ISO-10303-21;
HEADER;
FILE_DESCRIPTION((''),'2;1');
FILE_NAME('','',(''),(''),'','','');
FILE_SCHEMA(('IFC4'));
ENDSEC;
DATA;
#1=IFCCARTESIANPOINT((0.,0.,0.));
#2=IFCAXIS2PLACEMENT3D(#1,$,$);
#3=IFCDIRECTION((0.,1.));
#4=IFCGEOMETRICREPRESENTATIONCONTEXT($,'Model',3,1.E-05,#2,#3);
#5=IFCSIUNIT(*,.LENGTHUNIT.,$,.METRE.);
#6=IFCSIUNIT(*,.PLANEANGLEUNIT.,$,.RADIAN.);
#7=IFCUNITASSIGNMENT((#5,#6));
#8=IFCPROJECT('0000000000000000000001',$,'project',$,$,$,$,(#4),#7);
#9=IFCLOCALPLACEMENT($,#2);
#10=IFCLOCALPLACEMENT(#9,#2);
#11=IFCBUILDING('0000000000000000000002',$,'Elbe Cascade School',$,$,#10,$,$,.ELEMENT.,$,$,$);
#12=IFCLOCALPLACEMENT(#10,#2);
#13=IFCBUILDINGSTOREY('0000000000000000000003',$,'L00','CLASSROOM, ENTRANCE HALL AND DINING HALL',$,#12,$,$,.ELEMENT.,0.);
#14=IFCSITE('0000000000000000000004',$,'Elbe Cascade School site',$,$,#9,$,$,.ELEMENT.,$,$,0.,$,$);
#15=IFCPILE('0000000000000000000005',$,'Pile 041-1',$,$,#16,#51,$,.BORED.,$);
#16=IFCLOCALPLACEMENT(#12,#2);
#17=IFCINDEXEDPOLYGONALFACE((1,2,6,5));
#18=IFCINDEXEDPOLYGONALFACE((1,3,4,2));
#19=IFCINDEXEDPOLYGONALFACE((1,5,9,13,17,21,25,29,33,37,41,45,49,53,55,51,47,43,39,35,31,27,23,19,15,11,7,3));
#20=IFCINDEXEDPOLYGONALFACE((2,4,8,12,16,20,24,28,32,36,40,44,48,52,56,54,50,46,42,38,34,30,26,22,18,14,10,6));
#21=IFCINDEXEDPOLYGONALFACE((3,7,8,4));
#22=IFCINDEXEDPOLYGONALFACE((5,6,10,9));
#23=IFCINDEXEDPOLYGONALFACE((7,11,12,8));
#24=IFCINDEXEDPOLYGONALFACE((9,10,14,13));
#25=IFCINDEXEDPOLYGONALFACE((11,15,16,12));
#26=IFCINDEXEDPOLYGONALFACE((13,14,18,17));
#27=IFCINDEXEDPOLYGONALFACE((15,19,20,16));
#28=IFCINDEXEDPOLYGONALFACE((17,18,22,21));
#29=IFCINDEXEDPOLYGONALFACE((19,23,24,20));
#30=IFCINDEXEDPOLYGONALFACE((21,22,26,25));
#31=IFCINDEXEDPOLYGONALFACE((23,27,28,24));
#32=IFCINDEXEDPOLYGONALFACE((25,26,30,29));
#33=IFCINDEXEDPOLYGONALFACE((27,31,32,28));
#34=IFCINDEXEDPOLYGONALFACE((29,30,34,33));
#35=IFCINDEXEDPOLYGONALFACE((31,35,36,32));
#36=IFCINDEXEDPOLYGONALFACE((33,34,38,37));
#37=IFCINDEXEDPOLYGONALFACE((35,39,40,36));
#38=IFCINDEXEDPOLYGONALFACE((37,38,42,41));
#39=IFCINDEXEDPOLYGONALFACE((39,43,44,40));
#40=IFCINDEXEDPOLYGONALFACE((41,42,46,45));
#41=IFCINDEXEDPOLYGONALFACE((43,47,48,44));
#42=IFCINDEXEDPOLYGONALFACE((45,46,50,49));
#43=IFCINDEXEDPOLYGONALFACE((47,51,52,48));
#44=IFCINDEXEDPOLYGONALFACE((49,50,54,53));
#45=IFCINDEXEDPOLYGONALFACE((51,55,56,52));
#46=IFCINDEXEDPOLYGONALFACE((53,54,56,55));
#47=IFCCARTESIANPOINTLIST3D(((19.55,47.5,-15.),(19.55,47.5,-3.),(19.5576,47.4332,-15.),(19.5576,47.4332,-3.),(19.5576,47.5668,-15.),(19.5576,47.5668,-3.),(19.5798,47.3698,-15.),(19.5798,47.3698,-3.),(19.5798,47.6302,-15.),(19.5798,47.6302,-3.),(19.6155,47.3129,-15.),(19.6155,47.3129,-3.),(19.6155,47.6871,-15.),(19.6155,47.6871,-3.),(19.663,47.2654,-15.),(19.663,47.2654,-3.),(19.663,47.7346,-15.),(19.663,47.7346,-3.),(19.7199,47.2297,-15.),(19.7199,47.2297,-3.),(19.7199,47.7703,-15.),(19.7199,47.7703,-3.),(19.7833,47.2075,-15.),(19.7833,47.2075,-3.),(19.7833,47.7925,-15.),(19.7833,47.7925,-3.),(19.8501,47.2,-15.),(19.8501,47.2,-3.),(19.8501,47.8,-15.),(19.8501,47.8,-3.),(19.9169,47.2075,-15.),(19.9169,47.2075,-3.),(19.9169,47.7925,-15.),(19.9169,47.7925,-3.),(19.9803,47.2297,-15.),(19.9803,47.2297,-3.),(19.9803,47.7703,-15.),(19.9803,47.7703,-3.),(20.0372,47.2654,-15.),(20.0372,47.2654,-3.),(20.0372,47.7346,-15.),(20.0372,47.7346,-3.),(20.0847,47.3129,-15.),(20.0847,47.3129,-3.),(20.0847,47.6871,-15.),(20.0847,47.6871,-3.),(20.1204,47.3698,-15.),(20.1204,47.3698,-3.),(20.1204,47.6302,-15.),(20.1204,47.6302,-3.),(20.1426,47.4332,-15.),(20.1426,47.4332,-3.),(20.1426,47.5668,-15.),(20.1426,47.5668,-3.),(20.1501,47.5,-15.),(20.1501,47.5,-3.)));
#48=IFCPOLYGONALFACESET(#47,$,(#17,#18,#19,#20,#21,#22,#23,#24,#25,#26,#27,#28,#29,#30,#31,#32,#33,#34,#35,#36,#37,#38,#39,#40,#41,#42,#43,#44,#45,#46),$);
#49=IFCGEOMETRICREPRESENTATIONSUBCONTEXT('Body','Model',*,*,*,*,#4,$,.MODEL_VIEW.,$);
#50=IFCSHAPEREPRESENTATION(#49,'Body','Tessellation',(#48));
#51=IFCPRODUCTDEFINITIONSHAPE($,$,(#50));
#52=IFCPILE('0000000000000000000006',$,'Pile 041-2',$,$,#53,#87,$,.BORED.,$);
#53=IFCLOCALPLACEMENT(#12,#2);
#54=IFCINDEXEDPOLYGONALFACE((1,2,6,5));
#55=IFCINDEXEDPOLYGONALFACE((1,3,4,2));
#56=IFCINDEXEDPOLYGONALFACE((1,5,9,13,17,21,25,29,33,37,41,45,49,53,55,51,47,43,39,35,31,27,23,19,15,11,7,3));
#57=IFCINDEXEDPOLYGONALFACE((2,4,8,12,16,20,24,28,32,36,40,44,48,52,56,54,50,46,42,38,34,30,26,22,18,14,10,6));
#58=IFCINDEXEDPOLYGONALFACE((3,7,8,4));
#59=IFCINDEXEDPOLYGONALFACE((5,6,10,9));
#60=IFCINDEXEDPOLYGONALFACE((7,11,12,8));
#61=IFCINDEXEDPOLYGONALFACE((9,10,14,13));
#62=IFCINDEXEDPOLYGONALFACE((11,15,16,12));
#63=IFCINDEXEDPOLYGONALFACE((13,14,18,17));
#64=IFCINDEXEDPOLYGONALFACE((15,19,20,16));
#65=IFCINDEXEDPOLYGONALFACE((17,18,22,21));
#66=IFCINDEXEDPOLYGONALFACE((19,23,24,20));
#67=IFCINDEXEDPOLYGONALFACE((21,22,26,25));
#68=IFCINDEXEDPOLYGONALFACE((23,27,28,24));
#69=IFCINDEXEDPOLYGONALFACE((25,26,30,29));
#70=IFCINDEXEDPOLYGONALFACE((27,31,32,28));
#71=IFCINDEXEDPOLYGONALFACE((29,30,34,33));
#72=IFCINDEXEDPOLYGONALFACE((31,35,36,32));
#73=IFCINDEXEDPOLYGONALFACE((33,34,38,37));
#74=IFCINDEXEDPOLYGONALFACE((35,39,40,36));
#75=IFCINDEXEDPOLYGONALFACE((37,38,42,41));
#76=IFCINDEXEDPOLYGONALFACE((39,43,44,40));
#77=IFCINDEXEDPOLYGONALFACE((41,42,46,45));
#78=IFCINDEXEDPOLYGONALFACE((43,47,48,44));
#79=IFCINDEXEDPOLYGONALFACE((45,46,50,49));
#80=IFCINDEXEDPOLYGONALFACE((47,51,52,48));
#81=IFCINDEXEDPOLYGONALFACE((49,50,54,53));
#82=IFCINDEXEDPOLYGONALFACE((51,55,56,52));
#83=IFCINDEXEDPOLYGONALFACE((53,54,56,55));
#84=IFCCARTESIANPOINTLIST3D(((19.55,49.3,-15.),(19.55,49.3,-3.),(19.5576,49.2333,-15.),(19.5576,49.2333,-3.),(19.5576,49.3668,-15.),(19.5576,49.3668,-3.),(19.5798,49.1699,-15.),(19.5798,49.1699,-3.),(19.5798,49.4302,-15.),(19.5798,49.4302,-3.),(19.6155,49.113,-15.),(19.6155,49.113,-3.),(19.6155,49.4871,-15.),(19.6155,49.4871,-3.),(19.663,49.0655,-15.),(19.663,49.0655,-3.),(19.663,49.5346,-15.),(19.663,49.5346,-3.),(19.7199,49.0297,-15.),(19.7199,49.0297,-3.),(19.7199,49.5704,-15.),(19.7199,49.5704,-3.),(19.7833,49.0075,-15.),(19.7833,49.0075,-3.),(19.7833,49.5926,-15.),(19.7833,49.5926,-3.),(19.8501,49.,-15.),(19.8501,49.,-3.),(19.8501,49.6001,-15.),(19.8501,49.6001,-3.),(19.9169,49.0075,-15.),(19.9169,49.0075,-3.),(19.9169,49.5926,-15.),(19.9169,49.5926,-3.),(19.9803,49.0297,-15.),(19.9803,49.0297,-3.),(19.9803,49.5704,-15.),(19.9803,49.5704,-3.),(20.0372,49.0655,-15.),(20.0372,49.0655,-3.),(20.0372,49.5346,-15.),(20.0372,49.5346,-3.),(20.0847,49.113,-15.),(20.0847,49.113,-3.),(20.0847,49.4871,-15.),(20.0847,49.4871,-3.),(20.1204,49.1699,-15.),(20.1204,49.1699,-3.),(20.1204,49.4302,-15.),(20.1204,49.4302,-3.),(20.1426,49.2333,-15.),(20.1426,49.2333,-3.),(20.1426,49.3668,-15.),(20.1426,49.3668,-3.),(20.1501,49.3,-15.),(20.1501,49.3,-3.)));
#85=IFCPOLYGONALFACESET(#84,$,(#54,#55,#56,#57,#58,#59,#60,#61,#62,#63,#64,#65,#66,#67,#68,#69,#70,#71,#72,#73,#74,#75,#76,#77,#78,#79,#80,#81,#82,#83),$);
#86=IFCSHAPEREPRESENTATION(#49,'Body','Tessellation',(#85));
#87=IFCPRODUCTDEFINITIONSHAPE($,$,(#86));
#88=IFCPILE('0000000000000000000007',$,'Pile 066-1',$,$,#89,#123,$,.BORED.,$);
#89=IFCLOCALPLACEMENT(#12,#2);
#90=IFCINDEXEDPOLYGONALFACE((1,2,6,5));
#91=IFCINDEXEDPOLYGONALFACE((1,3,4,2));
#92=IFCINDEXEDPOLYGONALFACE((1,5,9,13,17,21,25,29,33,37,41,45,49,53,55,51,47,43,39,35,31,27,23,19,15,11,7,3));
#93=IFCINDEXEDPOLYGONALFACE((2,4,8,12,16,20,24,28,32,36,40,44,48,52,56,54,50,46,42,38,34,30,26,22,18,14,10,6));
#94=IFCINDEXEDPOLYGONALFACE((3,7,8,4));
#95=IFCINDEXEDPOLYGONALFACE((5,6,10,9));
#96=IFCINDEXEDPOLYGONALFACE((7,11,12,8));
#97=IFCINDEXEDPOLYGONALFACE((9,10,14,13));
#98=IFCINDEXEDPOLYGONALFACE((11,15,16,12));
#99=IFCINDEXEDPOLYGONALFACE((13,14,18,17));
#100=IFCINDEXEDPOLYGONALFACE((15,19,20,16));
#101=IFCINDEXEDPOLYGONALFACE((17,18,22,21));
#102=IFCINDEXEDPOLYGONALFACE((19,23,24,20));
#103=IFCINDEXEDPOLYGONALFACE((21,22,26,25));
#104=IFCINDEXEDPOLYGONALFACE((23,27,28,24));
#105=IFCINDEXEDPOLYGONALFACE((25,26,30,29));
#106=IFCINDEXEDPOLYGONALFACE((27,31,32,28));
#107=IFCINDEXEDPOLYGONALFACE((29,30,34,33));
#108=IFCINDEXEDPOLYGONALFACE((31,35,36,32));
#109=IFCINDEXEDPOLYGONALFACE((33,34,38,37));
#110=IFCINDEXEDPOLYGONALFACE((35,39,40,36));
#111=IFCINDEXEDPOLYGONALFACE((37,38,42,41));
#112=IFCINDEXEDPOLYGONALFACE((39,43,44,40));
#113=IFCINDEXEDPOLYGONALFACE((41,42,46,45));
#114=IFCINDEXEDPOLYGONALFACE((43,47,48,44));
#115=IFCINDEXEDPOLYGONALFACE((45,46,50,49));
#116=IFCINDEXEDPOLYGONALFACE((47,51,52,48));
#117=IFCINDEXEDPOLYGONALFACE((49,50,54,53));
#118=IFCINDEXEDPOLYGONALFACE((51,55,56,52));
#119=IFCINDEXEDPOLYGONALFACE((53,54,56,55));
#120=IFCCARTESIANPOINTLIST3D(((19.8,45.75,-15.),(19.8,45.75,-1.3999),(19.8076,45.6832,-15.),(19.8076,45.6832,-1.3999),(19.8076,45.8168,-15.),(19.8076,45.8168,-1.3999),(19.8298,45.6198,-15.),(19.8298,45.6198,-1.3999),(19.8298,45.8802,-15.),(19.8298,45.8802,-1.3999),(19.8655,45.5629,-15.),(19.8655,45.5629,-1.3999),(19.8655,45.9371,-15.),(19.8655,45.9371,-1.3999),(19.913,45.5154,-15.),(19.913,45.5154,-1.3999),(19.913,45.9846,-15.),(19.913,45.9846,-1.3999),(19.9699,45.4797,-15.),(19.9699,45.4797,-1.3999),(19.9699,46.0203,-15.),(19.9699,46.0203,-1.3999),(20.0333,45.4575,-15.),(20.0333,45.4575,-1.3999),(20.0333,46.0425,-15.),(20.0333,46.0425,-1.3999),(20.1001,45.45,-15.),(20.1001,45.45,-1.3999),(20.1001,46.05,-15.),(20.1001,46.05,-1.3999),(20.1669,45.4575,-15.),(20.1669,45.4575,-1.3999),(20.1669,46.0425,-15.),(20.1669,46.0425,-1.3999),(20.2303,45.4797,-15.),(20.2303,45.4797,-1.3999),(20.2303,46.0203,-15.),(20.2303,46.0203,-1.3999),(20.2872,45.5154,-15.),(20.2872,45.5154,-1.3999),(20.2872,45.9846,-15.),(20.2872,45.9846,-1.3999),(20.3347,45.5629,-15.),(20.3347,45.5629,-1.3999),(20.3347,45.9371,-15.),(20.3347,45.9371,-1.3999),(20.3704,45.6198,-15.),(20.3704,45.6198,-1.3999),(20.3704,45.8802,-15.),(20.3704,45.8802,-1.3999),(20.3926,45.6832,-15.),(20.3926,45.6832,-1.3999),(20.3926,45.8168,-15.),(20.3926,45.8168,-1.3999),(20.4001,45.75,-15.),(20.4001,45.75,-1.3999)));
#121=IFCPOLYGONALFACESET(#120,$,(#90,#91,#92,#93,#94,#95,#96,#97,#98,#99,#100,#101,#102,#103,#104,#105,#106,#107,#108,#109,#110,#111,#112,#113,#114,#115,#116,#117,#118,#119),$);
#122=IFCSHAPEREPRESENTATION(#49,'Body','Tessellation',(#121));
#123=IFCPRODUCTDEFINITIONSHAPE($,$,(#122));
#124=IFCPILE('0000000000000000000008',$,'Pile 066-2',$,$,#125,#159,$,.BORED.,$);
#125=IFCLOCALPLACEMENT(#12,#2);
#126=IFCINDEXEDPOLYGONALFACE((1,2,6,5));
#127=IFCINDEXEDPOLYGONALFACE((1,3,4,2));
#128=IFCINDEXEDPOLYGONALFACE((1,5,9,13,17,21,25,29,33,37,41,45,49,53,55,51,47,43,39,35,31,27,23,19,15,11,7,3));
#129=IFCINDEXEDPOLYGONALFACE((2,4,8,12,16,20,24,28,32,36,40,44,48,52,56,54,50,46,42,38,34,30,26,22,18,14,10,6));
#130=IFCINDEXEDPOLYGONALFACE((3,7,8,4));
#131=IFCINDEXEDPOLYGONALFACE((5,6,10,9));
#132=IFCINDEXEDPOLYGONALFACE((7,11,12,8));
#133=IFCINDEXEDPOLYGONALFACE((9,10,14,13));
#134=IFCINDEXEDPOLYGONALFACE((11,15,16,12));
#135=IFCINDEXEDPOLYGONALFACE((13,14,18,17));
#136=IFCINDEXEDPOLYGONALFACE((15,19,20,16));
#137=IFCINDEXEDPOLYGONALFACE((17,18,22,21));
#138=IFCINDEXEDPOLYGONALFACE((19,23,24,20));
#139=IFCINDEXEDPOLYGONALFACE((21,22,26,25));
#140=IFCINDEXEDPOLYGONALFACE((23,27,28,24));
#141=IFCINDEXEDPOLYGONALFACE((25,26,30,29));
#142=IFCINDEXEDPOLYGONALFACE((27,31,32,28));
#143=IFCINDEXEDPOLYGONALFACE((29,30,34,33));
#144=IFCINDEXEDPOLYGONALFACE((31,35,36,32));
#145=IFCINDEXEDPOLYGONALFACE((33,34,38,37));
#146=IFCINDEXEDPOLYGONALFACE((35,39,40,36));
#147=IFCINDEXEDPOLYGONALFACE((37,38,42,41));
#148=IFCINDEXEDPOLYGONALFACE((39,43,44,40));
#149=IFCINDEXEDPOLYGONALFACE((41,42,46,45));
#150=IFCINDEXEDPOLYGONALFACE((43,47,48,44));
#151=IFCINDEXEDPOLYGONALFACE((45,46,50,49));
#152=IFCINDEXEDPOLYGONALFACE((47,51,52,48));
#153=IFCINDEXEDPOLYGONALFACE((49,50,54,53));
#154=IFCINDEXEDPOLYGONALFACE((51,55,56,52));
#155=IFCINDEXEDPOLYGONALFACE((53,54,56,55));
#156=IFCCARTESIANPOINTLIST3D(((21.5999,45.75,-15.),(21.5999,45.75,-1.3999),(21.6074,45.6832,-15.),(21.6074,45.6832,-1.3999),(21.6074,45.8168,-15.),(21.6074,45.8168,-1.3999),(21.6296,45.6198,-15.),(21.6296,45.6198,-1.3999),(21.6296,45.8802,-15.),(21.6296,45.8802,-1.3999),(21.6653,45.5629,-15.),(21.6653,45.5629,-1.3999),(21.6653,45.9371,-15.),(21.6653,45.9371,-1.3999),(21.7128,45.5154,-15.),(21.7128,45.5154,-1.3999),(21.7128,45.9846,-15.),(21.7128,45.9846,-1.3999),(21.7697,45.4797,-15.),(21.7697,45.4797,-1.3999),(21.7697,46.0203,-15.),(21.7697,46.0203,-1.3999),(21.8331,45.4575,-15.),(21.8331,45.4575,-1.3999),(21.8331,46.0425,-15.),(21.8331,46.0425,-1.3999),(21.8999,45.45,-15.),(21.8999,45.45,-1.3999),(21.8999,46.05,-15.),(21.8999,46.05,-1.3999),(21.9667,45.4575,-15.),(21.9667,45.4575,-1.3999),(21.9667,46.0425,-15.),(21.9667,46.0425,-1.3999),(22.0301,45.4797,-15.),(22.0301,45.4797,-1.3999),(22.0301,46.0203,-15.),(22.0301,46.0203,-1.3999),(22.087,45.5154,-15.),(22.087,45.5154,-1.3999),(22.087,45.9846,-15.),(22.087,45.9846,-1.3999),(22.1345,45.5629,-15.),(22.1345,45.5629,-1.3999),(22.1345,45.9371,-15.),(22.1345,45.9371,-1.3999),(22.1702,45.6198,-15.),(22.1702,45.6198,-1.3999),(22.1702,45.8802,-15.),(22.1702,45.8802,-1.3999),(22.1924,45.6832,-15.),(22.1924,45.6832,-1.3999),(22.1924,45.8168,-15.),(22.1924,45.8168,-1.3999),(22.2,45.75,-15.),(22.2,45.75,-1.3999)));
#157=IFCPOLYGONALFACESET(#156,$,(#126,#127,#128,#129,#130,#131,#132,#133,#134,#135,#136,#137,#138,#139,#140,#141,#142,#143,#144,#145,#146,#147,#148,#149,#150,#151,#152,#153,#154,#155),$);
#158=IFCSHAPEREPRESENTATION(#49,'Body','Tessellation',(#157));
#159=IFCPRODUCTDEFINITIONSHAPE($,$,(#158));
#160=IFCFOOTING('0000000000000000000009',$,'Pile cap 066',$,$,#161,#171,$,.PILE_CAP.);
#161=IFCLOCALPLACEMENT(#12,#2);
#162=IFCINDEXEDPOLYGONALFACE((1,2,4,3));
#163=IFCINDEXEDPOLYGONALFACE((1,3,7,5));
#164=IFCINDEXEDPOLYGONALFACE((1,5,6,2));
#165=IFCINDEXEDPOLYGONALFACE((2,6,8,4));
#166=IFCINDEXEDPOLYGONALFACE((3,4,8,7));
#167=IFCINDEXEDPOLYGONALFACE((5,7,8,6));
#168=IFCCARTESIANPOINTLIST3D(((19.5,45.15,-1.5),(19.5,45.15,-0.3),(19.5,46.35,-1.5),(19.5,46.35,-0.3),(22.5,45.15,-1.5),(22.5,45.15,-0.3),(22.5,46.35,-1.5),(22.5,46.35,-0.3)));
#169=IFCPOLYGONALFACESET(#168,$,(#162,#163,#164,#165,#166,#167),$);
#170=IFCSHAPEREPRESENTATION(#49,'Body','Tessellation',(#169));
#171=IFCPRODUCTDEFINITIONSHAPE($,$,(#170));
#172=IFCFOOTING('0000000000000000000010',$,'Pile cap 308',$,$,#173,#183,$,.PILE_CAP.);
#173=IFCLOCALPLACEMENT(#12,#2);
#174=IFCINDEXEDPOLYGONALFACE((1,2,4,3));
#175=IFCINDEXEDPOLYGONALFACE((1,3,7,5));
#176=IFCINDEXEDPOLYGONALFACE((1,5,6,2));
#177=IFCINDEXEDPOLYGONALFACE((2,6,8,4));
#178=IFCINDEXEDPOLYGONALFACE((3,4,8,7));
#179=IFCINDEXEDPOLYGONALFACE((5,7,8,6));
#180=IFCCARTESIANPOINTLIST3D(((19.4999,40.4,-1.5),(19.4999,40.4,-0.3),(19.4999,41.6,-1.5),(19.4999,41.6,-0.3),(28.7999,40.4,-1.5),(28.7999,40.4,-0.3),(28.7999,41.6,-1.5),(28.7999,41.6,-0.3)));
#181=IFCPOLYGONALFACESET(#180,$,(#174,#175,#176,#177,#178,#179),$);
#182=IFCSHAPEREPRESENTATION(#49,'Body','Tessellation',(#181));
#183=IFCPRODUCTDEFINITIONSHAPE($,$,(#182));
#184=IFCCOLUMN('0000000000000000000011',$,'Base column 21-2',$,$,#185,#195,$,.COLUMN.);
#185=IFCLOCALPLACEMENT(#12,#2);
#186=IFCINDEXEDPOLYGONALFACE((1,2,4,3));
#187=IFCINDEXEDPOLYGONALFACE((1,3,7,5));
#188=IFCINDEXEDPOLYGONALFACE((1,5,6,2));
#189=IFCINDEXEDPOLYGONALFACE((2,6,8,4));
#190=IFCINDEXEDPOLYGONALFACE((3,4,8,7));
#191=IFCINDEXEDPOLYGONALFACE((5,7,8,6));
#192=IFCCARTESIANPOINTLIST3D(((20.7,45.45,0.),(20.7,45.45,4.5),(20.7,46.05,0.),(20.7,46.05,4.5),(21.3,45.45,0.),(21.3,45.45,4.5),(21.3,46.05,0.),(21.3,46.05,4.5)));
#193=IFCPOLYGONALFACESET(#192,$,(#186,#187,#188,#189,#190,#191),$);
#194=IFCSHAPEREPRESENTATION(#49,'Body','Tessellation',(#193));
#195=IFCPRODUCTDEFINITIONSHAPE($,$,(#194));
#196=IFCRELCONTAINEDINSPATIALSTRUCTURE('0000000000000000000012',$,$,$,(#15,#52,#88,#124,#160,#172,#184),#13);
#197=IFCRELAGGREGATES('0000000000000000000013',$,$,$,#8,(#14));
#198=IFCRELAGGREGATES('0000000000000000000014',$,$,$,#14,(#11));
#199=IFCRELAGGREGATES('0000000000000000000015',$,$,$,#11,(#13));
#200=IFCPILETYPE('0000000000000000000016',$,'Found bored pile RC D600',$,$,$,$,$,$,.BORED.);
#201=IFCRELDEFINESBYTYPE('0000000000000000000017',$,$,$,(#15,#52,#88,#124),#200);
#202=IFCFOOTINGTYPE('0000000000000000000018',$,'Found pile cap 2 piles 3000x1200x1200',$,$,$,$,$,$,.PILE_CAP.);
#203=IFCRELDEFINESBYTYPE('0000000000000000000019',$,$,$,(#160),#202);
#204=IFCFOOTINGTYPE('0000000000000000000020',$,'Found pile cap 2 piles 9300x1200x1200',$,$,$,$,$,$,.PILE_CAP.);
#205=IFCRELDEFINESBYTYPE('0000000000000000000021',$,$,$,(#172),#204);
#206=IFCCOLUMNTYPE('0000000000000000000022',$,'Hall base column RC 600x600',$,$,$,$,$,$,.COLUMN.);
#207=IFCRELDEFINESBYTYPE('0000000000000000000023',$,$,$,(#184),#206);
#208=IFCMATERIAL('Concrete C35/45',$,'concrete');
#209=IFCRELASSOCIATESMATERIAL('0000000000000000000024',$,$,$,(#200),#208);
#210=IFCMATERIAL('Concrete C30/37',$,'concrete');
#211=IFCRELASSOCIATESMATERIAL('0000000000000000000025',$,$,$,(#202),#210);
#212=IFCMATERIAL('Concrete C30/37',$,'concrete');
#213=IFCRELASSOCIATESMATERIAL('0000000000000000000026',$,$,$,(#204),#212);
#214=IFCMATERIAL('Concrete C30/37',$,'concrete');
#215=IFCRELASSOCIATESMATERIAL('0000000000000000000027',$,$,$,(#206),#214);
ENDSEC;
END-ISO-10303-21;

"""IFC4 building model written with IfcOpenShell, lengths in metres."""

from ifc_helpers import new_model, si_unit, direction, frame, origin, origin_2d, place, context, subcontext, project, spatial, rectangle, circle, extrude, material, material_profile, profile_set, type_object, element, save


model = new_model("IFC4")

# Units and contexts
model_context = context("Model", 3, precision=1e-05, world=origin(), true_north=direction((0.0, 1.0)))
body_context = subcontext(model_context, "Body", "Model", "MODEL_VIEW")
ifc_project = project(units=[si_unit("LENGTHUNIT", "METRE"), si_unit("PLANEANGLEUNIT", "RADIAN")], contexts=[model_context])

# Site, building, storey
site_placement = place(None, origin())
site = spatial("IfcSite", under=ifc_project, at=site_placement, Name="Elbe Cascade School site", CompositionType="ELEMENT", RefElevation=0.0)
building_placement = place(site_placement, origin())
building = spatial("IfcBuilding", under=site, at=building_placement, Name="Elbe Cascade School", CompositionType="ELEMENT")
storey_placement = place(building_placement, origin())
storey = spatial("IfcBuildingStorey", under=building, at=storey_placement, Name="L00", Description="CLASSROOM, ENTRANCE HALL AND DINING HALL", CompositionType="ELEMENT", Elevation=0.0)

# Piles
ifc_material_1 = material(Name="Concrete C35/45", Category="concrete")
ifc_material_profile_1 = material_profile(ifc_material_1, circle(Radius=0.3, at=origin_2d()), Name="RC D600")
ifc_profile_set_1 = profile_set([ifc_material_profile_1], Name="Concrete C35/45")
pile_type = type_object("IfcPileType", Name="Found bored pile RC D600", PredefinedType="BORED", material=ifc_profile_set_1)
for number, where, z_axis, x_axis, name in (
    (1, (19.8501, 47.5, -3.0), (0.0, 0.0, -1.0), (1.0, 0.0, 0.0), "Pile 041-1"),
    (2, (19.8501, 49.3, -3.0), (0.0, 0.0, -1.0), (1.0, 0.0, 0.0), "Pile 041-2"),
):
    element("IfcPile", number, at=place(storey_placement, frame(where, z_axis=z_axis, x_axis=x_axis)), inside=storey, type_object=pile_type, Name=name, PredefinedType="BORED", context=body_context, shape_type="SweptSolid", body=[
        extrude(circle(Radius=0.3, at=origin_2d()), origin(), (0.0, 0.0, 1.0), 12.0),
    ])
for number, where, z_axis, x_axis, name in (
    (3, (20.1001, 45.75, -1.3999), (0.0, 0.0, -1.0), (1.0, 0.0, 0.0), "Pile 066-1"),
    (4, (21.8999, 45.75, -1.3999), (0.0, 0.0, -1.0), (1.0, 0.0, 0.0), "Pile 066-2"),
):
    element("IfcPile", number, at=place(storey_placement, frame(where, z_axis=z_axis, x_axis=x_axis)), inside=storey, type_object=pile_type, Name=name, PredefinedType="BORED", context=body_context, shape_type="SweptSolid", body=[
        extrude(circle(Radius=0.3, at=origin_2d()), origin(), (0.0, 0.0, 1.0), 13.6001),
    ])

# Footings
ifc_material_2 = material(Name="Concrete C30/37", Category="concrete")
footing_type_1 = type_object("IfcFootingType", Name="Found pile cap 2 piles 3000x1200x1200", PredefinedType="PILE_CAP", material=ifc_material_2)
footing_1_placement = place(storey_placement, frame((21.0, 45.75, -1.5), z_axis=(0.0, 0.0, 1.0), x_axis=(1.0, 0.0, 0.0)))
element("IfcFooting", 5, at=footing_1_placement, inside=storey, type_object=footing_type_1, Name="Pile cap 066", PredefinedType="PILE_CAP", context=body_context, shape_type="SweptSolid", body=[
    extrude(rectangle(XDim=3.0, YDim=1.2, at=origin_2d()), origin(), (0.0, 0.0, 1.0), 1.2),
])
ifc_material_3 = material(Name="Concrete C30/37", Category="concrete")
footing_type_2 = type_object("IfcFootingType", Name="Found pile cap 2 piles 9300x1200x1200", PredefinedType="PILE_CAP", material=ifc_material_3)
footing_2_placement = place(storey_placement, frame((24.1499, 41.0, -1.5), z_axis=(0.0, 0.0, 1.0), x_axis=(1.0, 0.0, 0.0)))
element("IfcFooting", 6, at=footing_2_placement, inside=storey, type_object=footing_type_2, Name="Pile cap 308", PredefinedType="PILE_CAP", context=body_context, shape_type="SweptSolid", body=[
    extrude(rectangle(XDim=9.3, YDim=1.2, at=origin_2d()), origin(), (0.0, 0.0, 1.0), 1.2),
])

# Column
ifc_material_4 = material(Name="Concrete C30/37", Category="concrete")
ifc_material_profile_2 = material_profile(ifc_material_4, rectangle(XDim=0.6001, YDim=0.6001, at=origin_2d()), Name="RC 600x600")
ifc_profile_set_2 = profile_set([ifc_material_profile_2], Name="Concrete C30/37")
column_type = type_object("IfcColumnType", Name="Hall base column RC 600x600", PredefinedType="COLUMN", material=ifc_profile_set_2)
column_placement = place(storey_placement, frame((21.0, 45.75, 0.0), z_axis=(0.0, 0.0, 1.0), x_axis=(1.0, 0.0, 0.0)))
element("IfcColumn", 7, at=column_placement, inside=storey, type_object=column_type, Name="Base column 21-2", PredefinedType="COLUMN", context=body_context, shape_type="SweptSolid", body=[
    extrude(rectangle(XDim=0.6001, YDim=0.6001, at=origin_2d()), origin(), (0.0, 0.0, 1.0), 4.5),
])

save(model, "model.ifc")
